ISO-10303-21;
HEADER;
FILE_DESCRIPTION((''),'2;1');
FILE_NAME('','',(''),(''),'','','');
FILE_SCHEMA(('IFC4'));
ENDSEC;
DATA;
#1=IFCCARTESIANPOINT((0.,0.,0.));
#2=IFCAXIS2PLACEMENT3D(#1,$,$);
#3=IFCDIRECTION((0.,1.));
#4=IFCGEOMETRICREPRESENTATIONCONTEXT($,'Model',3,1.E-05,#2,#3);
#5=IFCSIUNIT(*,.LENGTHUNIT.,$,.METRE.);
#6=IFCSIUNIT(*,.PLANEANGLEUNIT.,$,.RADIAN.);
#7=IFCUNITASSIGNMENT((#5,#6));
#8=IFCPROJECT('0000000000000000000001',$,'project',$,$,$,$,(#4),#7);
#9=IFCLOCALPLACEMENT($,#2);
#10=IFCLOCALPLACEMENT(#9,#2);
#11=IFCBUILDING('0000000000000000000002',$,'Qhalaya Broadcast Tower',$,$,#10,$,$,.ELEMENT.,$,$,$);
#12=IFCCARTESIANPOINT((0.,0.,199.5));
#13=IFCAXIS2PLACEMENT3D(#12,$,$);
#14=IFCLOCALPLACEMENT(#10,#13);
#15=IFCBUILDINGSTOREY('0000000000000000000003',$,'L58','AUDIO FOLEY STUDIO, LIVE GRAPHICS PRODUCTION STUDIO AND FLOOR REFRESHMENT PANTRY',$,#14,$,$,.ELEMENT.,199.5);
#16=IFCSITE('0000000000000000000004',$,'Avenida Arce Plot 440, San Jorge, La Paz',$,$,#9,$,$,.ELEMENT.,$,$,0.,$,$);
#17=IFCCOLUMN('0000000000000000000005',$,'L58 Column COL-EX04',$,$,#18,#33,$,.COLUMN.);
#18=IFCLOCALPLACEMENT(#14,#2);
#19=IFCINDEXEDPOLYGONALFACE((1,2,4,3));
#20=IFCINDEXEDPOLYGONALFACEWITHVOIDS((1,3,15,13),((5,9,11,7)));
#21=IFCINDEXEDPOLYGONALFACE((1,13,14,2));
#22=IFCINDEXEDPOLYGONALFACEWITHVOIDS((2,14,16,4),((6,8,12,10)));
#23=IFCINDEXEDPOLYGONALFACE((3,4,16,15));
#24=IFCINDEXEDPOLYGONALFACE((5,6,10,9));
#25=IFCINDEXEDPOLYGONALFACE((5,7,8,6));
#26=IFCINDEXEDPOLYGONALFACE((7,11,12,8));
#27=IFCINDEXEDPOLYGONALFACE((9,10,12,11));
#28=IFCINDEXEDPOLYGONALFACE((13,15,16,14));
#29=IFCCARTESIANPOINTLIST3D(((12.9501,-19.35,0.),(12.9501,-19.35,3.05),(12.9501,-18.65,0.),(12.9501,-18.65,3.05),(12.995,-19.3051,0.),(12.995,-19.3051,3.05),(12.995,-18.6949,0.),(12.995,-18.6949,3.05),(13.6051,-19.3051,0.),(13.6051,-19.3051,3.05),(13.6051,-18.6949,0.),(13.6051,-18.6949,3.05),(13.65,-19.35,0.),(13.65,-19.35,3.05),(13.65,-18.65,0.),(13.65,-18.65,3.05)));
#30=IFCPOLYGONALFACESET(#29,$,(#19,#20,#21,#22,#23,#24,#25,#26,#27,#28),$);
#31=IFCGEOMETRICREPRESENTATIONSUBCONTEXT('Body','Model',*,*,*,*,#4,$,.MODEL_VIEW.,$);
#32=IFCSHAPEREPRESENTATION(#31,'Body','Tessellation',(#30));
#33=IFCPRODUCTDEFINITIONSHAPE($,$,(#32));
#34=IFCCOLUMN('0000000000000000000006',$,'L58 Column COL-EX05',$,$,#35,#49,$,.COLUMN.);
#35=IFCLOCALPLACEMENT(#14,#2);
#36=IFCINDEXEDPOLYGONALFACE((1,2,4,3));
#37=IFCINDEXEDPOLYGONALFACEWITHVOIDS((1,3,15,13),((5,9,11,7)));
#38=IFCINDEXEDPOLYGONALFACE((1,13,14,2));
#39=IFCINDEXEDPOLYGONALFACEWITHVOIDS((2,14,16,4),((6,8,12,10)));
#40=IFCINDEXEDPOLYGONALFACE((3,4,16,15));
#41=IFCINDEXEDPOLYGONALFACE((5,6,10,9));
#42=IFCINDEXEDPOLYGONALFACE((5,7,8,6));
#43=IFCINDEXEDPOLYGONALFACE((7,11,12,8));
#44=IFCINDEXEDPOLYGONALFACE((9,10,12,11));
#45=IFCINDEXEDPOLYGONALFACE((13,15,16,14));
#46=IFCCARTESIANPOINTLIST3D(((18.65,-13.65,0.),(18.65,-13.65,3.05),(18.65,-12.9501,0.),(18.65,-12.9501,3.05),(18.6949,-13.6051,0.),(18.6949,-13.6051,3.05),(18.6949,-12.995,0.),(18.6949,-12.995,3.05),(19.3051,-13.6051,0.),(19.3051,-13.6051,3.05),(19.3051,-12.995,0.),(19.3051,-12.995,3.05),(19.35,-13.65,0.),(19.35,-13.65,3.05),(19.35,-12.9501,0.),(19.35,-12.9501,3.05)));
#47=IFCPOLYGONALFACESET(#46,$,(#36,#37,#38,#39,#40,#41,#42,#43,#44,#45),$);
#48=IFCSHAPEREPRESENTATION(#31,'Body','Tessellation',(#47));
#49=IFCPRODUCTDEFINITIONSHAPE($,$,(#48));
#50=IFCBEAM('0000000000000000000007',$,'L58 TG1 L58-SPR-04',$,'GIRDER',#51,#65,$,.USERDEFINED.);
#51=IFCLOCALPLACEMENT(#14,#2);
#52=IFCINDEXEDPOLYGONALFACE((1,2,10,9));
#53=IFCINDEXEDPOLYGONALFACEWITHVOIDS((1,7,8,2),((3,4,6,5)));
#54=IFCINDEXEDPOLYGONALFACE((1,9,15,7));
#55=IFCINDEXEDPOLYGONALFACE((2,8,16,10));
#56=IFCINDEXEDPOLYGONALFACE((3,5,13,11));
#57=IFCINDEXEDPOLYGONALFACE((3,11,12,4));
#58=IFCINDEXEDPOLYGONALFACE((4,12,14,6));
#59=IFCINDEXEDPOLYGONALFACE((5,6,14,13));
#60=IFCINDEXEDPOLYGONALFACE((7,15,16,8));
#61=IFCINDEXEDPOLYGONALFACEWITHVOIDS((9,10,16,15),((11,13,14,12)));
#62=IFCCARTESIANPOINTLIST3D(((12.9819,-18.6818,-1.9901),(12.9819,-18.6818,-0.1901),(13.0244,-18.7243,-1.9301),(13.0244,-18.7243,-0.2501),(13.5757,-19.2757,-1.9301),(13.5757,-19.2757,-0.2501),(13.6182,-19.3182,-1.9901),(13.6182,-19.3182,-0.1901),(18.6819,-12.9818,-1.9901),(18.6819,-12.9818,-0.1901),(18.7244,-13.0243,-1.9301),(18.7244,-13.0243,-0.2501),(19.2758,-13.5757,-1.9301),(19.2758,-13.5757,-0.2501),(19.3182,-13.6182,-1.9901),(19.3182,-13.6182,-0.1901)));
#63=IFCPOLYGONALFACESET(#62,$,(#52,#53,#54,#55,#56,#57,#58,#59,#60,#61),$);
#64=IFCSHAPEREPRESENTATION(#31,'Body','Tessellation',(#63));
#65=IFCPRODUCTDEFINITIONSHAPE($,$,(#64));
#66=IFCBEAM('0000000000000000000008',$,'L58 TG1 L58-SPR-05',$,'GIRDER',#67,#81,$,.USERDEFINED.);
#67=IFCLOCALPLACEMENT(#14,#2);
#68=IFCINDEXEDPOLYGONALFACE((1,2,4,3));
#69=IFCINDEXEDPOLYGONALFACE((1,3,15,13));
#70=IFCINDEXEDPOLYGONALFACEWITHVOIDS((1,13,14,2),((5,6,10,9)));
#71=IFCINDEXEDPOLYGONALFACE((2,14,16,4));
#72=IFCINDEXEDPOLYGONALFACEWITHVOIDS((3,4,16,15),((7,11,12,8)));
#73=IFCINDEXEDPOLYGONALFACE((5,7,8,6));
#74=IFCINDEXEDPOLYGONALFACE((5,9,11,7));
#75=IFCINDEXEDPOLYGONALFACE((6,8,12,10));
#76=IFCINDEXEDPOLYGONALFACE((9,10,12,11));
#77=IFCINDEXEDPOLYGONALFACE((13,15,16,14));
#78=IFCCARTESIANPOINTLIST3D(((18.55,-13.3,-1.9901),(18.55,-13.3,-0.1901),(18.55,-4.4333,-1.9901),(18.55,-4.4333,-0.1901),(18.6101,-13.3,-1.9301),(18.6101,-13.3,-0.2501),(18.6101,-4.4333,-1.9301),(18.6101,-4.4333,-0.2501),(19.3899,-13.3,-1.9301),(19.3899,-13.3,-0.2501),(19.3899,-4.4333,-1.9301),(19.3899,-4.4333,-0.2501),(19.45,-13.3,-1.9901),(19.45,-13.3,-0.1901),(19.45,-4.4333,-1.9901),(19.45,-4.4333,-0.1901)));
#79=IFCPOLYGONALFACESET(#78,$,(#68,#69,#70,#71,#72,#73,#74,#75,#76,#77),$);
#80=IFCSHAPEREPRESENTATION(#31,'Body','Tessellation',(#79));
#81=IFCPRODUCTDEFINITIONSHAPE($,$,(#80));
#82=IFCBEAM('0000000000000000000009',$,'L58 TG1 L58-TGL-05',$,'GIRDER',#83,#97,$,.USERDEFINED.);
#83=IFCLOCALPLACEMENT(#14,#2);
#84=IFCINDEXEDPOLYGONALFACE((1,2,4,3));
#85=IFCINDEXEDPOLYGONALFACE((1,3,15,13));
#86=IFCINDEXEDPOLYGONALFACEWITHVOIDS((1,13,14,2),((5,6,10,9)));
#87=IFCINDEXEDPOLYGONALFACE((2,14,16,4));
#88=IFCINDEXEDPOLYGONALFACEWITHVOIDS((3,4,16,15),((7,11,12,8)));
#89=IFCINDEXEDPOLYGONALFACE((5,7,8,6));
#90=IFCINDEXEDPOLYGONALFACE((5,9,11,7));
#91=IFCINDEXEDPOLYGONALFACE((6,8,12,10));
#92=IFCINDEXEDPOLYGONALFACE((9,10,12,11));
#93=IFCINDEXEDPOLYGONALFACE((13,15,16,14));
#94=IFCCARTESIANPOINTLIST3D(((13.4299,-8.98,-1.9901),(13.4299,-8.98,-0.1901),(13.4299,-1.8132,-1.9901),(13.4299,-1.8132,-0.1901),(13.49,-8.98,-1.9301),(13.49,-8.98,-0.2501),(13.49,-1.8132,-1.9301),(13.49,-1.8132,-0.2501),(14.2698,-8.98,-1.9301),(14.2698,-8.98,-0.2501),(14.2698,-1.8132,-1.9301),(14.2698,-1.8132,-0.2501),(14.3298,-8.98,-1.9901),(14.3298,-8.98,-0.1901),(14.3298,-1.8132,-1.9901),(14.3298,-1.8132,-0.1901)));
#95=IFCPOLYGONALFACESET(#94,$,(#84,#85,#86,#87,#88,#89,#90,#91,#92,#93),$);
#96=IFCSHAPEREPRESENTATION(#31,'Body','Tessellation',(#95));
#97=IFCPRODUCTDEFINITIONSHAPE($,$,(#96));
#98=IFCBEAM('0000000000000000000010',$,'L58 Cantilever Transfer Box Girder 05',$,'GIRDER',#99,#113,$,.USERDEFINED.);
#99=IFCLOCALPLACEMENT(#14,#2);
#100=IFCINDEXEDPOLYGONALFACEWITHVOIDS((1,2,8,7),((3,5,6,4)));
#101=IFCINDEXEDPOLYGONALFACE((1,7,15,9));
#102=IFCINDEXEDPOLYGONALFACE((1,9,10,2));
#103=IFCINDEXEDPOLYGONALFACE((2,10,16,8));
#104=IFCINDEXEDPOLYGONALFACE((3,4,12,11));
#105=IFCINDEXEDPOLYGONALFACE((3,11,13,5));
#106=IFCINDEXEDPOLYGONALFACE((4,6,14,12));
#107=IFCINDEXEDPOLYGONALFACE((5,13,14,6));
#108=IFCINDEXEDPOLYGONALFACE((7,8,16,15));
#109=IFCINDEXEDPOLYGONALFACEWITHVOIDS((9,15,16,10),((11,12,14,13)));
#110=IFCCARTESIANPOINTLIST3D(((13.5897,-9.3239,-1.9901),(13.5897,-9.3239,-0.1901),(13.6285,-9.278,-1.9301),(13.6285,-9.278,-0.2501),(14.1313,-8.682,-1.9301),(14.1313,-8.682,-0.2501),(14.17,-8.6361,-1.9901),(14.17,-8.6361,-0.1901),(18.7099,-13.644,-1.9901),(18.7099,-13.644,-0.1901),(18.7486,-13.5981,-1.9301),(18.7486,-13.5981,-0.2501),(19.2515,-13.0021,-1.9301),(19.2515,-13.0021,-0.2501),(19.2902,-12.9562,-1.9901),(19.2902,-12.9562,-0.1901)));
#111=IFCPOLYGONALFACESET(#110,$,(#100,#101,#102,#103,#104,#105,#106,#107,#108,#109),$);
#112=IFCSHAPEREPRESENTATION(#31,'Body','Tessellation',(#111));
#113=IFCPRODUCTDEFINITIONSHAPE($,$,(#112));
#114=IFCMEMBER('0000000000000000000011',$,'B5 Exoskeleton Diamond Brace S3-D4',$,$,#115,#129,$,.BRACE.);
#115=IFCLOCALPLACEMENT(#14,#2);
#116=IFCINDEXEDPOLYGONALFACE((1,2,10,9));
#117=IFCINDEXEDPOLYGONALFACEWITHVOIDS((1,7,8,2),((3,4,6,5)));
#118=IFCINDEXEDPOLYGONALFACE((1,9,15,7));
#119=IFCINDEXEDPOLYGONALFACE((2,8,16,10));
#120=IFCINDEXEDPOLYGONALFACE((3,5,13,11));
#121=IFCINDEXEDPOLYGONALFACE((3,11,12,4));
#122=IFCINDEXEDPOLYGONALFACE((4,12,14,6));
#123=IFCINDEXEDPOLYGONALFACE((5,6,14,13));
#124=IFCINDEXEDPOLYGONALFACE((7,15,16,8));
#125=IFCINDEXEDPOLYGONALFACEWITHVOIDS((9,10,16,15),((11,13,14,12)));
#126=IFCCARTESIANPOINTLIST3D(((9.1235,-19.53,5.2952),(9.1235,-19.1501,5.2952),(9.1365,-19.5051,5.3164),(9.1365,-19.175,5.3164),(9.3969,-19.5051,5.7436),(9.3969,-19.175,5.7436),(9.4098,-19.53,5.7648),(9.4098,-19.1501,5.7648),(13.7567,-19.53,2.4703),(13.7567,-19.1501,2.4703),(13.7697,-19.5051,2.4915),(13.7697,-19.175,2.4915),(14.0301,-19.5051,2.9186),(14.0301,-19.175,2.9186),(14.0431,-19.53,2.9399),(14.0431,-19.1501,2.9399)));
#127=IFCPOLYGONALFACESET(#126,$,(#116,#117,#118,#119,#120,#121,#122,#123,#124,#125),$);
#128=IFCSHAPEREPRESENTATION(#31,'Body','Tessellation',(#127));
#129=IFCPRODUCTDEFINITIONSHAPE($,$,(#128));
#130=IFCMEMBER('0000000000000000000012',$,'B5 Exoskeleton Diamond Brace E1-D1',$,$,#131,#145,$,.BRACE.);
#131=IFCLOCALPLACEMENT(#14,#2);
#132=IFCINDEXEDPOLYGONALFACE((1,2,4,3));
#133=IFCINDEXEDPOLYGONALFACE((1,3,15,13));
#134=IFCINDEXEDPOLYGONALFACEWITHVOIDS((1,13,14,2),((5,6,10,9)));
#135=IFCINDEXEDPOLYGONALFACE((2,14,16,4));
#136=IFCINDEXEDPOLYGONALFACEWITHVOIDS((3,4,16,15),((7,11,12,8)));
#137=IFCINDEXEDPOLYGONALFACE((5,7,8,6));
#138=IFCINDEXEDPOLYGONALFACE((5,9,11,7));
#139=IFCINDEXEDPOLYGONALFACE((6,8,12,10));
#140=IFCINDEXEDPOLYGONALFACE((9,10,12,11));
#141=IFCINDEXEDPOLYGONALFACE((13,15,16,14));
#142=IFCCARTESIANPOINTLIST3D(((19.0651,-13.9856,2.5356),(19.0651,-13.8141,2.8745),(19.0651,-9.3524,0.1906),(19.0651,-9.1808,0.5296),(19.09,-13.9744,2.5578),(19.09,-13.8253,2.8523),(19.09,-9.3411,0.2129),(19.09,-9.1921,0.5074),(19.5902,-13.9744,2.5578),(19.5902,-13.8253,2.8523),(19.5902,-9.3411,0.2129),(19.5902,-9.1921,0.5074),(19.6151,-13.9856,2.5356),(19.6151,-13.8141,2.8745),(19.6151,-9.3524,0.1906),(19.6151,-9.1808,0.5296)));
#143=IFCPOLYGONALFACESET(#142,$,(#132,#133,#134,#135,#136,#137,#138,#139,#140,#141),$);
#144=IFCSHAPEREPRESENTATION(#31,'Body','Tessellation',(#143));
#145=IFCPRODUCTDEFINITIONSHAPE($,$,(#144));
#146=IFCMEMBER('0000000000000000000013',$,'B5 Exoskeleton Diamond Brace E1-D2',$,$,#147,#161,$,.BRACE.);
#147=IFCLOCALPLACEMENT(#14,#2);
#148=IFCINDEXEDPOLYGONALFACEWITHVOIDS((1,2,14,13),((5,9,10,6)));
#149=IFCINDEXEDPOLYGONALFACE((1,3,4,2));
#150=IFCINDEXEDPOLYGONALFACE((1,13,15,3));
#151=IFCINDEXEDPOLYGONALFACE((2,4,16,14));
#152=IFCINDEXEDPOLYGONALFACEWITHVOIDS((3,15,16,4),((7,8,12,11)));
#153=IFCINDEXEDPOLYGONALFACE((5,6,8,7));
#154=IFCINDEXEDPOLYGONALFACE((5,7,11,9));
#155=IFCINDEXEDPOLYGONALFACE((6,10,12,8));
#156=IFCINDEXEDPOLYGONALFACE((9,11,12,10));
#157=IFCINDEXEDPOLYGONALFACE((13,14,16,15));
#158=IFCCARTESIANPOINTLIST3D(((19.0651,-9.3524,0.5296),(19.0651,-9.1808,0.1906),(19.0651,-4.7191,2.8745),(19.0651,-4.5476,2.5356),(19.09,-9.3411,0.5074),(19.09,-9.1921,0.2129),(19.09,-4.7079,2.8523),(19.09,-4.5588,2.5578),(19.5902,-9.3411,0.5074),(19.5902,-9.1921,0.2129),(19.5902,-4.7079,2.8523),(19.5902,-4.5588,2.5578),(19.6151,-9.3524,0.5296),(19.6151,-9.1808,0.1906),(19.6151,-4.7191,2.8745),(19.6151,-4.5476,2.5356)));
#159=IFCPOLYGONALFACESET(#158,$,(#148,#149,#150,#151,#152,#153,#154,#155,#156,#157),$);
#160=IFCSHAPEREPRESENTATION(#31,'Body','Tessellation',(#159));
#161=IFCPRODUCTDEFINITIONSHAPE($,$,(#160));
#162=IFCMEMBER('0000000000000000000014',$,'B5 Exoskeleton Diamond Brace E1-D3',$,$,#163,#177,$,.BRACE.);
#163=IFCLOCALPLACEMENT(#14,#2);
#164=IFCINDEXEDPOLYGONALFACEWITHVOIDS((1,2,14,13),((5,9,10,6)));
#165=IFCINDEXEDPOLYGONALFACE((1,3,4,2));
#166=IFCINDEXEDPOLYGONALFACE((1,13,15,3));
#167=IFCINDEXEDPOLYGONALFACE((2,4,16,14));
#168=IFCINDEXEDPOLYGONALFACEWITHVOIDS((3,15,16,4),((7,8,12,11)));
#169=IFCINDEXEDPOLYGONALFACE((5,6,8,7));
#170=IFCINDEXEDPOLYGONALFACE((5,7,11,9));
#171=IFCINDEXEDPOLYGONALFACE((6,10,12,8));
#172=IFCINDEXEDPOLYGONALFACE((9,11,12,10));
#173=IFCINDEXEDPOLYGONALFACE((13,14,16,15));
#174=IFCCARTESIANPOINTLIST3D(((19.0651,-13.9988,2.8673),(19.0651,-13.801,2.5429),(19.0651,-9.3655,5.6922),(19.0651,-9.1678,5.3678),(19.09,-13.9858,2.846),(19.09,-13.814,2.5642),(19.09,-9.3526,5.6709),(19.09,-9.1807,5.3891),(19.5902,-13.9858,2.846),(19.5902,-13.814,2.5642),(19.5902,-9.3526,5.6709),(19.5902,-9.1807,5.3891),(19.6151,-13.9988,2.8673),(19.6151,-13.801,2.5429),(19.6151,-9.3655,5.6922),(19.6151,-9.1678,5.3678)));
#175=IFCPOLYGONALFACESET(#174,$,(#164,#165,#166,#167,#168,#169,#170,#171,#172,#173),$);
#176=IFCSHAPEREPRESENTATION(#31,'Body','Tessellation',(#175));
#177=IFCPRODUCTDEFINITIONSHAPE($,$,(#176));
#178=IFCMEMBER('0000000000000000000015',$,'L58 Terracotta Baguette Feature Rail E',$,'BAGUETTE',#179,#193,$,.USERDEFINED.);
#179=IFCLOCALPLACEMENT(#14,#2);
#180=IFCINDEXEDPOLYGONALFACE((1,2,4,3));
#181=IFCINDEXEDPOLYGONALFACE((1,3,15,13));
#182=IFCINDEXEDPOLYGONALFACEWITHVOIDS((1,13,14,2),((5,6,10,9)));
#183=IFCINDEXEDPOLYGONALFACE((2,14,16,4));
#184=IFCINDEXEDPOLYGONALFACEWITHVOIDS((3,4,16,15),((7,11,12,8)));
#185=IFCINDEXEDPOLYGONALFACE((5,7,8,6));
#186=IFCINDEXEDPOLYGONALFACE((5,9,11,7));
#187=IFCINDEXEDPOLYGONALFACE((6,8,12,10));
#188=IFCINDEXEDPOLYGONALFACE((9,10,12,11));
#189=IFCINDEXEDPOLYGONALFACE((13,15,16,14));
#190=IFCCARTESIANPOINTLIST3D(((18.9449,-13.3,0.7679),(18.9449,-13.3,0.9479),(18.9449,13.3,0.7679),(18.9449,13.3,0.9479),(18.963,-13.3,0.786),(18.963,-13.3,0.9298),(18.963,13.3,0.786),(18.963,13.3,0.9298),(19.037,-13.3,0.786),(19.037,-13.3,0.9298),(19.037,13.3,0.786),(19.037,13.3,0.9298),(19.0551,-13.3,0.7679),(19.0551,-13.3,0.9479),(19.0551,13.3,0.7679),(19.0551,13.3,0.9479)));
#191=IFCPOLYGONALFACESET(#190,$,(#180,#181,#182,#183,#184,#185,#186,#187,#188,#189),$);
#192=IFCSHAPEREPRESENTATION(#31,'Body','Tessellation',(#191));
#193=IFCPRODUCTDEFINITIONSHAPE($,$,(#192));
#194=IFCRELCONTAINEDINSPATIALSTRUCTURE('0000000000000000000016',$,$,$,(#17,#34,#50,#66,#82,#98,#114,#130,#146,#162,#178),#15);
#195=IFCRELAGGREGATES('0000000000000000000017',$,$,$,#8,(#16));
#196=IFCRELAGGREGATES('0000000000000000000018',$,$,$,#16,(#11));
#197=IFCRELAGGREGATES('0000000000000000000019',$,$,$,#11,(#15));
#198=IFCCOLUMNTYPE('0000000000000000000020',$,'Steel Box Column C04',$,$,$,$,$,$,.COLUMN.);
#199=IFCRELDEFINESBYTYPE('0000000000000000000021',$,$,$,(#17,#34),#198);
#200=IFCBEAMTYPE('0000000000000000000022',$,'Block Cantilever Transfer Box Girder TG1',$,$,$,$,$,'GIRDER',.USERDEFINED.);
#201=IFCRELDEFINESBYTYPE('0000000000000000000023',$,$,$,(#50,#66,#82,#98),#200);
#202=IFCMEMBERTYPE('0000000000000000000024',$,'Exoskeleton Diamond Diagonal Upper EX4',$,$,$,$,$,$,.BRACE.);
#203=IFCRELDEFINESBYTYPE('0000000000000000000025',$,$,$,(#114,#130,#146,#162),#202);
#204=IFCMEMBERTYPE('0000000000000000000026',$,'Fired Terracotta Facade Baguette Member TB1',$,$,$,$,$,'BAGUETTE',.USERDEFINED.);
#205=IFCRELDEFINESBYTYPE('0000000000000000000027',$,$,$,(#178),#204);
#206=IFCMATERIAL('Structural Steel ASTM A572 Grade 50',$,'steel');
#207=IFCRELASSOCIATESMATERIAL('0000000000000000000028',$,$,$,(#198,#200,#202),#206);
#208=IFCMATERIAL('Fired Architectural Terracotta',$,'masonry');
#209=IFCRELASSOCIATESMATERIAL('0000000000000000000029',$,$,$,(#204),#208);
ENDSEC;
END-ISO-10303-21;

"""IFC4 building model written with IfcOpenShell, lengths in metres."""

from ifc_helpers import new_model, si_unit, direction, frame, origin, origin_2d, place, context, subcontext, project, spatial, hollow_rectangle, extrude, material, material_profile, profile_set, type_object, element, save


model = new_model("IFC4")

# Units and contexts
model_context = context("Model", 3, precision=1e-05, world=origin(), true_north=direction((0.0, 1.0)))
body_context = subcontext(model_context, "Body", "Model", "MODEL_VIEW")
ifc_project = project(units=[si_unit("LENGTHUNIT", "METRE"), si_unit("PLANEANGLEUNIT", "RADIAN")], contexts=[model_context])

# Site, building, storey
site_placement = place(None, origin())
site = spatial("IfcSite", under=ifc_project, at=site_placement, Name="Avenida Arce Plot 440, San Jorge, La Paz", CompositionType="ELEMENT", RefElevation=0.0)
building_placement = place(site_placement, origin())
building = spatial("IfcBuilding", under=site, at=building_placement, Name="Qhalaya Broadcast Tower", CompositionType="ELEMENT")
storey_placement = place(building_placement, frame((0.0, 0.0, 199.5)))
storey = spatial("IfcBuildingStorey", under=building, at=storey_placement, Name="L58", Description="AUDIO FOLEY STUDIO, LIVE GRAPHICS PRODUCTION STUDIO AND FLOOR REFRESHMENT PANTRY", CompositionType="ELEMENT", Elevation=199.5)

# Columns
ifc_material_1 = material(Name="Structural Steel ASTM A572 Grade 50", Category="steel")
ifc_material_profile_1 = material_profile(ifc_material_1, hollow_rectangle(XDim=0.7, YDim=0.7, WallThickness=0.0449, at=origin_2d()), Name="BOX 700x700x45")
ifc_profile_set_1 = profile_set([ifc_material_profile_1], Name="Structural Steel ASTM A572 Grade 50")
column_type = type_object("IfcColumnType", Name="Steel Box Column C04", PredefinedType="COLUMN", material=ifc_profile_set_1)
for number, where, z_axis, x_axis, name in (
    (1, (13.3, -19.0, 0.0), (0.0, 0.0, 1.0), (1.0, 0.0, 0.0), "L58 Column COL-EX04"),
    (2, (19.0, -13.3, 0.0), (0.0, 0.0, 1.0), (0.0, 1.0, 0.0), "L58 Column COL-EX05"),
):
    element("IfcColumn", number, at=place(storey_placement, frame(where, z_axis=z_axis, x_axis=x_axis)), inside=storey, type_object=column_type, Name=name, PredefinedType="COLUMN", context=body_context, shape_type="SweptSolid", body=[
        extrude(hollow_rectangle(XDim=0.7, YDim=0.7, WallThickness=0.0449, at=origin_2d()), origin(), (0.0, 0.0, 1.0), 3.05),
    ])

# Beams
ifc_material_profile_2 = material_profile(ifc_material_1, hollow_rectangle(XDim=0.8999, YDim=1.8, WallThickness=0.0601, at=origin_2d()), Name="BOX 900x1800x60")
ifc_profile_set_2 = profile_set([ifc_material_profile_2], Name="Structural Steel ASTM A572 Grade 50")
beam_type = type_object("IfcBeamType", Name="Block Cantilever Transfer Box Girder TG1", ElementType="GIRDER", PredefinedType="USERDEFINED", material=ifc_profile_set_2)
beam_1_placement = place(storey_placement, frame((13.3, -19.0, -1.0901), z_axis=(0.707107, 0.707107, 0.0), x_axis=(-0.707107, 0.707107, 0.0)))
element("IfcBeam", 3, at=beam_1_placement, inside=storey, type_object=beam_type, Name="L58 TG1 L58-SPR-04", ObjectType="GIRDER", PredefinedType="USERDEFINED", context=body_context, shape_type="SweptSolid", body=[
    extrude(hollow_rectangle(XDim=0.8999, YDim=1.8, WallThickness=0.0601, at=origin_2d()), origin(), (0.0, 0.0, 1.0), 8.061),
])
beam_2_placement = place(storey_placement, frame((19.0, -13.3, -1.0901), z_axis=(0.0, 1.0, 0.0), x_axis=(-1.0, 0.0, 0.0)))
element("IfcBeam", 4, at=beam_2_placement, inside=storey, type_object=beam_type, Name="L58 TG1 L58-SPR-05", ObjectType="GIRDER", PredefinedType="USERDEFINED", context=body_context, shape_type="SweptSolid", body=[
    extrude(hollow_rectangle(XDim=0.8999, YDim=1.8, WallThickness=0.0601, at=origin_2d()), origin(), (0.0, 0.0, 1.0), 8.8667),
])
beam_3_placement = place(storey_placement, frame((13.8799, -8.98, -1.0901), z_axis=(0.0, 1.0, 0.0), x_axis=(-1.0, 0.0, 0.0)))
element("IfcBeam", 5, at=beam_3_placement, inside=storey, type_object=beam_type, Name="L58 TG1 L58-TGL-05", ObjectType="GIRDER", PredefinedType="USERDEFINED", context=body_context, shape_type="SweptSolid", body=[
    extrude(hollow_rectangle(XDim=0.8999, YDim=1.8, WallThickness=0.0601, at=origin_2d()), origin(), (0.0, 0.0, 1.0), 7.1667),
])
beam_4_placement = place(storey_placement, frame((13.8799, -8.98, -1.0901), z_axis=(0.764294, -0.644868, 0.0), x_axis=(0.644868, 0.764294, 0.0)))
element("IfcBeam", 6, at=beam_4_placement, inside=storey, type_object=beam_type, Name="L58 Cantilever Transfer Box Girder 05", ObjectType="GIRDER", PredefinedType="USERDEFINED", context=body_context, shape_type="SweptSolid", body=[
    extrude(hollow_rectangle(XDim=0.8999, YDim=1.8, WallThickness=0.0601, at=origin_2d()), origin(), (0.0, 0.0, 1.0), 6.6992),
])

# Members
ifc_material_profile_3 = material_profile(ifc_material_1, hollow_rectangle(XDim=0.3799, YDim=0.55, WallThickness=0.0249, at=origin_2d()), Name="BOX 380x550x25")
ifc_profile_set_3 = profile_set([ifc_material_profile_3], Name="Structural Steel ASTM A572 Grade 50")
member_type_1 = type_object("IfcMemberType", Name="Exoskeleton Diamond Diagonal Upper EX4", PredefinedType="BRACE", material=ifc_profile_set_3)
member_1_placement = place(storey_placement, frame((13.8999, -19.3401, 2.7051), z_axis=(-0.853815, 0.0, 0.520576), x_axis=(0.0, -1.0, 0.0)))
element("IfcMember", 7, at=member_1_placement, inside=storey, type_object=member_type_1, Name="B5 Exoskeleton Diamond Brace S3-D4", PredefinedType="BRACE", context=body_context, shape_type="SweptSolid", body=[
    extrude(hollow_rectangle(XDim=0.3799, YDim=0.55, WallThickness=0.0249, at=origin_2d()), origin(), (0.0, 0.0, 1.0), 5.4265),
])
for number, where, z_axis, x_axis, name in (
    (8, (19.3401, -9.2666, 0.3601), (0.0, -0.892235, 0.451571), (0.0, 0.451571, 0.892235), "B5 Exoskeleton Diamond Brace E1-D1"),
    (9, (19.3401, -9.2666, 0.3601), (0.0, 0.892235, 0.451571), (0.0, -0.451571, 0.892235), "B5 Exoskeleton Diamond Brace E1-D2"),
):
    element("IfcMember", number, at=place(storey_placement, frame(where, z_axis=z_axis, x_axis=x_axis)), inside=storey, type_object=member_type_1, Name=name, PredefinedType="BRACE", context=body_context, shape_type="SweptSolid", body=[
        extrude(hollow_rectangle(XDim=0.3799, YDim=0.55, WallThickness=0.0249, at=origin_2d()), origin(), (0.0, 0.0, 1.0), 5.1929),
    ])
member_2_placement = place(storey_placement, frame((19.3401, -13.8999, 2.7051), z_axis=(0.0, 0.853815, 0.520576), x_axis=(0.0, -0.520576, 0.853815)))
element("IfcMember", 10, at=member_2_placement, inside=storey, type_object=member_type_1, Name="B5 Exoskeleton Diamond Brace E1-D3", PredefinedType="BRACE", context=body_context, shape_type="SweptSolid", body=[
    extrude(hollow_rectangle(XDim=0.3799, YDim=0.55, WallThickness=0.0249, at=origin_2d()), origin(), (0.0, 0.0, 1.0), 5.4265),
])
ifc_material_2 = material(Name="Fired Architectural Terracotta", Category="masonry")
ifc_material_profile_4 = material_profile(ifc_material_2, hollow_rectangle(XDim=0.1101, YDim=0.1799, WallThickness=0.0181, at=origin_2d()), Name="TB-BAG 110x180x18")
ifc_profile_set_4 = profile_set([ifc_material_profile_4], Name="Fired Architectural Terracotta")
member_type_2 = type_object("IfcMemberType", Name="Fired Terracotta Facade Baguette Member TB1", ElementType="BAGUETTE", PredefinedType="USERDEFINED", material=ifc_profile_set_4)
member_3_placement = place(storey_placement, frame((19.0, -13.3, 0.8579), z_axis=(0.0, 1.0, 0.0), x_axis=(-1.0, 0.0, 0.0)))
element("IfcMember", 11, at=member_3_placement, inside=storey, type_object=member_type_2, Name="L58 Terracotta Baguette Feature Rail E", ObjectType="BAGUETTE", PredefinedType="USERDEFINED", context=body_context, shape_type="SweptSolid", body=[
    extrude(hollow_rectangle(XDim=0.1101, YDim=0.1799, WallThickness=0.0181, at=origin_2d()), origin(), (0.0, 0.0, 1.0), 26.6001),
])

save(model, "model.ifc")
